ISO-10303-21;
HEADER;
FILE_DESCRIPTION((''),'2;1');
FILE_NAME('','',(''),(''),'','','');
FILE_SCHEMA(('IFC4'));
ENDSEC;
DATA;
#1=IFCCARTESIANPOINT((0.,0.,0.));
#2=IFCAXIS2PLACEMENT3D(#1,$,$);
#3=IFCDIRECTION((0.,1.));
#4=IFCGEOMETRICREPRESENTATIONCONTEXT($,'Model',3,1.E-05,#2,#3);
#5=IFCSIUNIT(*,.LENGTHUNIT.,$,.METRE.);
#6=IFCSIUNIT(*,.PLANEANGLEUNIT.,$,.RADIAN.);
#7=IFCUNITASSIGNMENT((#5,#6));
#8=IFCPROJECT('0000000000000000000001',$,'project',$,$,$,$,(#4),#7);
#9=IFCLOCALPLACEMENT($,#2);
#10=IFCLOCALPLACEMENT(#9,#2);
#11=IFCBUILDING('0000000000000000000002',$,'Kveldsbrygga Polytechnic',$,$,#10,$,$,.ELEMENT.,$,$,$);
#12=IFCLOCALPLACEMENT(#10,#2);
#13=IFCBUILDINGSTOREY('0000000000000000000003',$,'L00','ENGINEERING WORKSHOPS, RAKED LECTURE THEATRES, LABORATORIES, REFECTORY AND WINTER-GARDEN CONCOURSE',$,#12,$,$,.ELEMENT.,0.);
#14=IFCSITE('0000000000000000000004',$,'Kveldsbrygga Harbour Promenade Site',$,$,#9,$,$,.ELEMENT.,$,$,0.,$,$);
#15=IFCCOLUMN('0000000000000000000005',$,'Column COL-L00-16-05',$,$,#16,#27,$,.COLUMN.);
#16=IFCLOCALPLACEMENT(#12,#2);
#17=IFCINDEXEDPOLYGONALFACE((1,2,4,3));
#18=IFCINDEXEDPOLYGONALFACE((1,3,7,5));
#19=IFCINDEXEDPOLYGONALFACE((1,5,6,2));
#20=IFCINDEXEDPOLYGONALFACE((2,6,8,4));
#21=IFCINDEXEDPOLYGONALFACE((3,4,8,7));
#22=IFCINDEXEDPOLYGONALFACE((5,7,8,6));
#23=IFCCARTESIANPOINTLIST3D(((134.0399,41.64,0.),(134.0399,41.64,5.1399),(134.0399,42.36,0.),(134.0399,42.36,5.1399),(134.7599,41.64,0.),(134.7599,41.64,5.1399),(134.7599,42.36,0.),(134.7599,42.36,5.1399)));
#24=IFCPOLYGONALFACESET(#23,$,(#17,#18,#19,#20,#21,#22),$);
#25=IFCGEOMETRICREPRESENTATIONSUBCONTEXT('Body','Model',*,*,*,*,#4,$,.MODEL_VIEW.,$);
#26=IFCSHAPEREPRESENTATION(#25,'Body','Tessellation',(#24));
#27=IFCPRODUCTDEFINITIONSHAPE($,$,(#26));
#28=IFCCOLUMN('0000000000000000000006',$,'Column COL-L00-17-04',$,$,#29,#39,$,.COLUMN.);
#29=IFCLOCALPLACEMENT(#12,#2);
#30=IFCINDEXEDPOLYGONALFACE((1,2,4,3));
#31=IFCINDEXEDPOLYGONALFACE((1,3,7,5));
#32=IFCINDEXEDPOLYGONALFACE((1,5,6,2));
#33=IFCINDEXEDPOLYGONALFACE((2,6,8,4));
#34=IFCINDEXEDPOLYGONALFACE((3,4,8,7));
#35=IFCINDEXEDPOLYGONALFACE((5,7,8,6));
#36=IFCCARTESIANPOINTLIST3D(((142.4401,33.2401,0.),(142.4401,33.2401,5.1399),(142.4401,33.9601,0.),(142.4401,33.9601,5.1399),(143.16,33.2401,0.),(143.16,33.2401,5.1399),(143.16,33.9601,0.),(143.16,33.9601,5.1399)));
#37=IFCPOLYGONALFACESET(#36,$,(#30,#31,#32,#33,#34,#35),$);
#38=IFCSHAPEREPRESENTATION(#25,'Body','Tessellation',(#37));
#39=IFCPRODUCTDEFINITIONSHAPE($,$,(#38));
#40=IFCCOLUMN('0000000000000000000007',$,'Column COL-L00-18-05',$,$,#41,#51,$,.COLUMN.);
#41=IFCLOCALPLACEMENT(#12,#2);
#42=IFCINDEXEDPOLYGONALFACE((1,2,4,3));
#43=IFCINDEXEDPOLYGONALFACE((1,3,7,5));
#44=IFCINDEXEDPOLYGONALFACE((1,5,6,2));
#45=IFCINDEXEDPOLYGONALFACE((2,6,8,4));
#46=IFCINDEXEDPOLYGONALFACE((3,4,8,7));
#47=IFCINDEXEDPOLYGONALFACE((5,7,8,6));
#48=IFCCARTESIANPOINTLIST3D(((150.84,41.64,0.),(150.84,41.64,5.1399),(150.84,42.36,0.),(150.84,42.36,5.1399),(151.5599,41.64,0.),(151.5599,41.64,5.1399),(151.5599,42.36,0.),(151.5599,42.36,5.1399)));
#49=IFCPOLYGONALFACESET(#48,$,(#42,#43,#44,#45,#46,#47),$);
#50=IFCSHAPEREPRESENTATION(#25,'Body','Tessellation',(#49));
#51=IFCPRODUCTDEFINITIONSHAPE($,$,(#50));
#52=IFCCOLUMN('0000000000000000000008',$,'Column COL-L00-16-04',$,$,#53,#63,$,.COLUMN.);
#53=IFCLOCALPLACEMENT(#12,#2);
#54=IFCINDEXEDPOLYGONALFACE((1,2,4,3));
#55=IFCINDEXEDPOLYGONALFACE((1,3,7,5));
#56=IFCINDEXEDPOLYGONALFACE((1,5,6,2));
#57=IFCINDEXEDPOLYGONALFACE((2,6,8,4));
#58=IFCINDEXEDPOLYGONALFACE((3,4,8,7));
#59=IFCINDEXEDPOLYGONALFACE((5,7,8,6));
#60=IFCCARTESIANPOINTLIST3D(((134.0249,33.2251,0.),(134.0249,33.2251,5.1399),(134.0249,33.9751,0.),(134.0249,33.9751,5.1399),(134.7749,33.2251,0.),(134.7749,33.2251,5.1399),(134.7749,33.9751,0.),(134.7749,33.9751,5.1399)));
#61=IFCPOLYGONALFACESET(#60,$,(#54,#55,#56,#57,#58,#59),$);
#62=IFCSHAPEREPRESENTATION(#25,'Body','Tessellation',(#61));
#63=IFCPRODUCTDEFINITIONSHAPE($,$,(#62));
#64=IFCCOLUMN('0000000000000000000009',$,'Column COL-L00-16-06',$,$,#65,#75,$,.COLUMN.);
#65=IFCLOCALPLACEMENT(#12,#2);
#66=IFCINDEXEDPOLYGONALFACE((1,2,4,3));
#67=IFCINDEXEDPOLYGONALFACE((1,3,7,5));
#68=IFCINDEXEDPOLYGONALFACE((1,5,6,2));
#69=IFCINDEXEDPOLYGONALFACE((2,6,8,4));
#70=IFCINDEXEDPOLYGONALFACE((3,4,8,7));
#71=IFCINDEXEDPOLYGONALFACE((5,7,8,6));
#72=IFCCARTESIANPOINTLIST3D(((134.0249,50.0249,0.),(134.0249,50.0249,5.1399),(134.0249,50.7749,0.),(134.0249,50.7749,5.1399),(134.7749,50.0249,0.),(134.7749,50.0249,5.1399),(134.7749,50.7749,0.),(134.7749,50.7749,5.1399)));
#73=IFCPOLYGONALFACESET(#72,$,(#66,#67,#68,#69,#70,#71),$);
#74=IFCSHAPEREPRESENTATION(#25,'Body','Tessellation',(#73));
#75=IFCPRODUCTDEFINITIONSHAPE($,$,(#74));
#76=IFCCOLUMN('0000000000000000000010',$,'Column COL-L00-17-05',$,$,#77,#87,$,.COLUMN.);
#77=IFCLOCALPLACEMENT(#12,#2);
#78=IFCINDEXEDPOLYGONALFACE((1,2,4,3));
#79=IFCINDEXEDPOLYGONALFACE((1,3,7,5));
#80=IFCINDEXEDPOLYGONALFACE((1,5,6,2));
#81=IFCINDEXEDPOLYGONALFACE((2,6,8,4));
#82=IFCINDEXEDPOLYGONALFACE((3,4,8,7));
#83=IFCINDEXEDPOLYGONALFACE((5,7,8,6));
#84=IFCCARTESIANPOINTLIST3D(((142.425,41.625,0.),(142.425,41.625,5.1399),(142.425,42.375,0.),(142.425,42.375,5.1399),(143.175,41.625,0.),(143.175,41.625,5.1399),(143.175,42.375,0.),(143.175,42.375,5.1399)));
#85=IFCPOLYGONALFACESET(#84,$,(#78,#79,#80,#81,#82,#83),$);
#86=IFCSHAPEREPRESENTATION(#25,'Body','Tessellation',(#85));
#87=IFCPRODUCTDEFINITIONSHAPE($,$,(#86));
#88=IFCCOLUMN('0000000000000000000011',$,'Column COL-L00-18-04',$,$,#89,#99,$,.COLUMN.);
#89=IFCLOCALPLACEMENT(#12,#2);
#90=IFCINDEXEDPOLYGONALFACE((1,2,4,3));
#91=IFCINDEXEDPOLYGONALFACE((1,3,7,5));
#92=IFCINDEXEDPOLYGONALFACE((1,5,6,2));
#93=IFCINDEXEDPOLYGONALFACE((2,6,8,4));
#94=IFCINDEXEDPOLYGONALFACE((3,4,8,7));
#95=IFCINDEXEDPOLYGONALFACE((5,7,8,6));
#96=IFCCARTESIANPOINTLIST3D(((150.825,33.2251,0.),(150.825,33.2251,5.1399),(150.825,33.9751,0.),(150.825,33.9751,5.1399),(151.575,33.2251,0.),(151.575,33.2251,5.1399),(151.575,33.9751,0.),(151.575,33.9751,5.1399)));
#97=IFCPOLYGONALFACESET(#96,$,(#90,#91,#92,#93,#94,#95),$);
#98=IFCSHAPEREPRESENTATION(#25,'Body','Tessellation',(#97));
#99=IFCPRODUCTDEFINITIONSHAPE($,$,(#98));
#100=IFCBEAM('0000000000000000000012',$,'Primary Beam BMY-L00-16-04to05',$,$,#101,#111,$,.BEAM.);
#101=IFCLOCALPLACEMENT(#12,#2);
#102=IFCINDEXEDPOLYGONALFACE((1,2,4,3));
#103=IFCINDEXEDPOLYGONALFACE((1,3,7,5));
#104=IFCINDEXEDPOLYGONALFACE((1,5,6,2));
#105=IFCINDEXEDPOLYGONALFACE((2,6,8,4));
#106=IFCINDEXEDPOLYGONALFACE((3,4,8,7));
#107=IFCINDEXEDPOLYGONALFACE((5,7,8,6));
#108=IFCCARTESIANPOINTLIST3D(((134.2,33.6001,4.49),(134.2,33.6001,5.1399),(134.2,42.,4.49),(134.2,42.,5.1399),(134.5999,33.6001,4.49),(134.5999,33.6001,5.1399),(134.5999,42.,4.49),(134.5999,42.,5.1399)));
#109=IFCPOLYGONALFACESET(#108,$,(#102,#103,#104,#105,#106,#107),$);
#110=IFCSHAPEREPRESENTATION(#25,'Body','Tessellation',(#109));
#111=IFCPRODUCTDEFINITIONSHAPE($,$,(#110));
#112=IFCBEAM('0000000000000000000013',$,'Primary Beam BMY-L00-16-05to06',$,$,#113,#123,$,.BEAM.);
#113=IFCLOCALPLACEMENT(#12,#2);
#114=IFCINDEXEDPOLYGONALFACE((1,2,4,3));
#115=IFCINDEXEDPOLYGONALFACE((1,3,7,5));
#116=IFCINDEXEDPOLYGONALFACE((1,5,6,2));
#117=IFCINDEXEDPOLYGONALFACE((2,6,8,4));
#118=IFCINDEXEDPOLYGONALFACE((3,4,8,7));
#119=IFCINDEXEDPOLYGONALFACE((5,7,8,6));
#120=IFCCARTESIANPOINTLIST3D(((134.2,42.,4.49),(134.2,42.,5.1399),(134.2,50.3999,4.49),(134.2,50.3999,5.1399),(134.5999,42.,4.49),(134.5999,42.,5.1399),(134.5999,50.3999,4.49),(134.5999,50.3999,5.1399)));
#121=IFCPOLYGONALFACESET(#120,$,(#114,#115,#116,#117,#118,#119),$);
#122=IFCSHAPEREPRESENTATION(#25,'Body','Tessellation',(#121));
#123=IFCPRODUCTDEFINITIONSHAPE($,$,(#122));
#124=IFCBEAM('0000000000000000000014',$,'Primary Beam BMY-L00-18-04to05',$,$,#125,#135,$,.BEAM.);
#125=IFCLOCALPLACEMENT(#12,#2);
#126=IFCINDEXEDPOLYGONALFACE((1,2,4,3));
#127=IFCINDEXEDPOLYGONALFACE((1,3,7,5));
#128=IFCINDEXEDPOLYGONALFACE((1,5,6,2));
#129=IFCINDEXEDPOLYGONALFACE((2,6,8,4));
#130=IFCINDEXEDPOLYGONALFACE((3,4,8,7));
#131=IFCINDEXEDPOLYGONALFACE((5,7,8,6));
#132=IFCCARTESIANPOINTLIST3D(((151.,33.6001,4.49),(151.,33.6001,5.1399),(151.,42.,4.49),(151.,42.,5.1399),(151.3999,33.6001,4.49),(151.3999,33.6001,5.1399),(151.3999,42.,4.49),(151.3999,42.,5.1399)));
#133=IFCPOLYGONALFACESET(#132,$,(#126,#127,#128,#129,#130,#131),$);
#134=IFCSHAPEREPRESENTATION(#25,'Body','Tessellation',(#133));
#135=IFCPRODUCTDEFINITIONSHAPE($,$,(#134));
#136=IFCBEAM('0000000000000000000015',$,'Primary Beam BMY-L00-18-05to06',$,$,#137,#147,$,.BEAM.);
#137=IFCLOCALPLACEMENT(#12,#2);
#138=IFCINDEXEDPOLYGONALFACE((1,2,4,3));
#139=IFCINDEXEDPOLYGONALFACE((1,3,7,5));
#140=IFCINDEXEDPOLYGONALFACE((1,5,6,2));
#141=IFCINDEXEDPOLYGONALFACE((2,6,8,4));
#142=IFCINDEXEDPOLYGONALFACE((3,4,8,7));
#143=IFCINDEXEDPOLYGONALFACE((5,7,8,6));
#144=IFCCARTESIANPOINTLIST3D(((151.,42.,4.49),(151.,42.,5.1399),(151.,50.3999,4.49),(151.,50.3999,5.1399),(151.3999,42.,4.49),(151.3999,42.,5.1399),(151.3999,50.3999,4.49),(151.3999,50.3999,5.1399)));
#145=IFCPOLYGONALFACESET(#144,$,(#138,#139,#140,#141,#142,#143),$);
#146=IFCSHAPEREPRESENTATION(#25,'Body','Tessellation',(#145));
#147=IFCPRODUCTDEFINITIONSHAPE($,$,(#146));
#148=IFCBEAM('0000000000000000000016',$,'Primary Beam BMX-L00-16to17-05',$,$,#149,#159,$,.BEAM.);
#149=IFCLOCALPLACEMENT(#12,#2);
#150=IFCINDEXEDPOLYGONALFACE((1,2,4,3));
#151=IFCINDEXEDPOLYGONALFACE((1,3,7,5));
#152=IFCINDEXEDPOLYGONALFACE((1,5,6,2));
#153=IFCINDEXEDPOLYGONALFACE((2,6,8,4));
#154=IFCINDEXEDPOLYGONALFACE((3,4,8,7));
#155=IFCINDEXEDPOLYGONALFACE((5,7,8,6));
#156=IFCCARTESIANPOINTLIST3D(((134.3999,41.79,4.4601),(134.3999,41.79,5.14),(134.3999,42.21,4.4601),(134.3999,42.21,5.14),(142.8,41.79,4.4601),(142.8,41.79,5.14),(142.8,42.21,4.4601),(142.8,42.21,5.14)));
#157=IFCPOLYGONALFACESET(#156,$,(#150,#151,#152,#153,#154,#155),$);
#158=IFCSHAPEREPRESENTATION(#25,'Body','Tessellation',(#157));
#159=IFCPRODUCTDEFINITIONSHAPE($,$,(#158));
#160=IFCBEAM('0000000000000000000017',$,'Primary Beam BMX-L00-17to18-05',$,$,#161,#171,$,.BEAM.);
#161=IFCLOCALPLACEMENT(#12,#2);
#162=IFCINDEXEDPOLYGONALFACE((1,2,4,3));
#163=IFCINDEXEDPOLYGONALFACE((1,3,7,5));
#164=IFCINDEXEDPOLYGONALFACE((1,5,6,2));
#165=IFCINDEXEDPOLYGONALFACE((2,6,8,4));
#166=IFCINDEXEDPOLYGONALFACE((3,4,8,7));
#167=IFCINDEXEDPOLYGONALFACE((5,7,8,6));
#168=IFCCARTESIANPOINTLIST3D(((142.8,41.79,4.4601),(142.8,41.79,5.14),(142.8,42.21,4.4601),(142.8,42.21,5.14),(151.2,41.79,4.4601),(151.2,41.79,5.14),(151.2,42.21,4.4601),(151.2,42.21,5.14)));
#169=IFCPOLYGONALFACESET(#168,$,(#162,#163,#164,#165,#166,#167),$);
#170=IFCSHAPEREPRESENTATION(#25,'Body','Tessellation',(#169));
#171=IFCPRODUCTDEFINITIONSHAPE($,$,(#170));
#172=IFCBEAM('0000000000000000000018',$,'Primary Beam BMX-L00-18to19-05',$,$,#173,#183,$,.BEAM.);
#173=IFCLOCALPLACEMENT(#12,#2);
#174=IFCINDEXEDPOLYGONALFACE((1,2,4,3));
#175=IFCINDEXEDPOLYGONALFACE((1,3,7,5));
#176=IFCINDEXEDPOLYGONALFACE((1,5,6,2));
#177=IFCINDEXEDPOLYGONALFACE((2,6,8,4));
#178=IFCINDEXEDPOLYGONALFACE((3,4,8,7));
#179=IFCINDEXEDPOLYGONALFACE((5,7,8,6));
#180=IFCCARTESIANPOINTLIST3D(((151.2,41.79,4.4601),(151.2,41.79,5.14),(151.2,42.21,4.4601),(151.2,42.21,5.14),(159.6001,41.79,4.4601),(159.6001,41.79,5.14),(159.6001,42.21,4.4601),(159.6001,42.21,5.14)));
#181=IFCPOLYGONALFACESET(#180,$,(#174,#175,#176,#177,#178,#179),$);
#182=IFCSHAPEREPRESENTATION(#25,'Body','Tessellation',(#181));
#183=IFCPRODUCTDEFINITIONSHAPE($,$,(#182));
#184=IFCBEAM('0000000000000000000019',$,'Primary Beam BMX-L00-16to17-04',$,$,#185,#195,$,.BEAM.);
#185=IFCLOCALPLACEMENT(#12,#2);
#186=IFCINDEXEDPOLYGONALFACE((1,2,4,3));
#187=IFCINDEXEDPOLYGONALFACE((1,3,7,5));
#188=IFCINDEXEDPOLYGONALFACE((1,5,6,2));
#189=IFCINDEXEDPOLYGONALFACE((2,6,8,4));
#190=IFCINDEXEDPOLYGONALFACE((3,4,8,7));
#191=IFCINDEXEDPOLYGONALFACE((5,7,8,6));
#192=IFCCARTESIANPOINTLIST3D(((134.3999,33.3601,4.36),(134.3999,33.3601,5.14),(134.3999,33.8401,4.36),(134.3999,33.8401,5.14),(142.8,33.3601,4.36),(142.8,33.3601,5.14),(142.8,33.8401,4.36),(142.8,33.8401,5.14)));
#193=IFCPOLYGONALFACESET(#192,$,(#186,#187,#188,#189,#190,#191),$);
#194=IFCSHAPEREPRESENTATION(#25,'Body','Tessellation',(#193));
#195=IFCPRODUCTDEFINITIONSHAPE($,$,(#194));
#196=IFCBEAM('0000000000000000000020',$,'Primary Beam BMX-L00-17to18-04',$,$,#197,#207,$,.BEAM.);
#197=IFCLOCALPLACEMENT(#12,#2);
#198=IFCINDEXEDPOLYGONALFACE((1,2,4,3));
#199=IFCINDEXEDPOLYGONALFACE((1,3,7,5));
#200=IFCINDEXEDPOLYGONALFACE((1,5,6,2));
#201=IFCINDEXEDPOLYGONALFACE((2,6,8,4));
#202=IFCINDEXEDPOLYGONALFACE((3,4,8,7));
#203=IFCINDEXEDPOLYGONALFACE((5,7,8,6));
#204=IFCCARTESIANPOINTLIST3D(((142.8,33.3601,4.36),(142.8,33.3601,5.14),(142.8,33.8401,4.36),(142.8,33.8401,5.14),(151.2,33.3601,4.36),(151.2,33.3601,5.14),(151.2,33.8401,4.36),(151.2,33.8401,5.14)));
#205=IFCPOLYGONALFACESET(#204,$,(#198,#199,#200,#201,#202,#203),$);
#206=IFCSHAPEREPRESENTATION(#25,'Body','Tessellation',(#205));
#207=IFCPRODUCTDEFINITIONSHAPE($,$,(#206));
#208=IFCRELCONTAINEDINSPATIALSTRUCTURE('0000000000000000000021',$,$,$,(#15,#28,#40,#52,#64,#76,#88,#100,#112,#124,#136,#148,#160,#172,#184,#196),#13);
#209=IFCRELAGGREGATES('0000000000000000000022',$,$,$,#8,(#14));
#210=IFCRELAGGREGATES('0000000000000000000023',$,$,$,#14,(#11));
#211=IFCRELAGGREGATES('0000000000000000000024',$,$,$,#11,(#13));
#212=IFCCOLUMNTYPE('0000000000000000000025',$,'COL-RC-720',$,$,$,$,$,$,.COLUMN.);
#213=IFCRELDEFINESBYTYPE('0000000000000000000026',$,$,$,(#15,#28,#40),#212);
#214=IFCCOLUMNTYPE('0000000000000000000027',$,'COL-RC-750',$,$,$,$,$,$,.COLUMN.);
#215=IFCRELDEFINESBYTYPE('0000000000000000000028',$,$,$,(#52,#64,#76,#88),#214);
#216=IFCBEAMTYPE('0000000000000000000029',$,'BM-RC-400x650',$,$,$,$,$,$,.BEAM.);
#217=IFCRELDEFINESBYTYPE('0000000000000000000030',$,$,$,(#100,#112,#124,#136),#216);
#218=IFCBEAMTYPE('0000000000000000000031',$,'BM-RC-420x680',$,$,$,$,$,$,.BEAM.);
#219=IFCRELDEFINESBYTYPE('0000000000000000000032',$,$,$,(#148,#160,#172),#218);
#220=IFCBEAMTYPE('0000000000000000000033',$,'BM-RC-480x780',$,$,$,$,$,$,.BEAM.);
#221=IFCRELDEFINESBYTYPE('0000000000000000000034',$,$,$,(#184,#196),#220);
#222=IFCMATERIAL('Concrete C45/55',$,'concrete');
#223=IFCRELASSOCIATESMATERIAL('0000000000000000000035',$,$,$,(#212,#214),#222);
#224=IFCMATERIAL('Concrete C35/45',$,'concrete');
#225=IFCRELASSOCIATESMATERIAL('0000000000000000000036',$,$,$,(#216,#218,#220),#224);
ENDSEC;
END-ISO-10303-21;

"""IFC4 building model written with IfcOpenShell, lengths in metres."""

from ifc_helpers import new_model, si_unit, direction, frame, origin, origin_2d, place, context, subcontext, project, spatial, rectangle, extrude, material, material_profile, profile_set, type_object, element, save


model = new_model("IFC4")

# Units and contexts
model_context = context("Model", 3, precision=1e-05, world=origin(), true_north=direction((0.0, 1.0)))
body_context = subcontext(model_context, "Body", "Model", "MODEL_VIEW")
ifc_project = project(units=[si_unit("LENGTHUNIT", "METRE"), si_unit("PLANEANGLEUNIT", "RADIAN")], contexts=[model_context])

# Site, building, storey
site_placement = place(None, origin())
site = spatial("IfcSite", under=ifc_project, at=site_placement, Name="Kveldsbrygga Harbour Promenade Site", CompositionType="ELEMENT", RefElevation=0.0)
building_placement = place(site_placement, origin())
building = spatial("IfcBuilding", under=site, at=building_placement, Name="Kveldsbrygga Polytechnic", CompositionType="ELEMENT")
storey_placement = place(building_placement, origin())
storey = spatial("IfcBuildingStorey", under=building, at=storey_placement, Name="L00", Description="ENGINEERING WORKSHOPS, RAKED LECTURE THEATRES, LABORATORIES, REFECTORY AND WINTER-GARDEN CONCOURSE", CompositionType="ELEMENT", Elevation=0.0)

# Columns
ifc_material_1 = material(Name="Concrete C45/55", Category="concrete")
ifc_material_profile_1 = material_profile(ifc_material_1, rectangle(XDim=0.72, YDim=0.72, at=origin_2d()), Name="RC 720x720")
ifc_profile_set_1 = profile_set([ifc_material_profile_1], Name="Concrete C45/55")
column_type_1 = type_object("IfcColumnType", Name="COL-RC-720", PredefinedType="COLUMN", material=ifc_profile_set_1)
for number, where, z_axis, x_axis, name in (
    (1, (134.3999, 42.0, 0.0), (0.0, 0.0, 1.0), (1.0, 0.0, 0.0), "Column COL-L00-16-05"),
    (2, (142.8, 33.6001, 0.0), (0.0, 0.0, 1.0), (1.0, 0.0, 0.0), "Column COL-L00-17-04"),
    (3, (151.2, 42.0, 0.0), (0.0, 0.0, 1.0), (1.0, 0.0, 0.0), "Column COL-L00-18-05"),
):
    element("IfcColumn", number, at=place(storey_placement, frame(where, z_axis=z_axis, x_axis=x_axis)), inside=storey, type_object=column_type_1, Name=name, PredefinedType="COLUMN", context=body_context, shape_type="SweptSolid", body=[
        extrude(rectangle(XDim=0.72, YDim=0.72, at=origin_2d()), origin(), (0.0, 0.0, 1.0), 5.1399),
    ])
ifc_material_profile_2 = material_profile(ifc_material_1, rectangle(XDim=0.75, YDim=0.75, at=origin_2d()), Name="RC 750x750")
ifc_profile_set_2 = profile_set([ifc_material_profile_2], Name="Concrete C45/55")
column_type_2 = type_object("IfcColumnType", Name="COL-RC-750", PredefinedType="COLUMN", material=ifc_profile_set_2)
for number, where, z_axis, x_axis, name in (
    (4, (134.3999, 33.6001, 0.0), (0.0, 0.0, 1.0), (1.0, 0.0, 0.0), "Column COL-L00-16-04"),
    (5, (134.3999, 50.3999, 0.0), (0.0, 0.0, 1.0), (1.0, 0.0, 0.0), "Column COL-L00-16-06"),
    (6, (142.8, 42.0, 0.0), (0.0, 0.0, 1.0), (1.0, 0.0, 0.0), "Column COL-L00-17-05"),
    (7, (151.2, 33.6001, 0.0), (0.0, 0.0, 1.0), (1.0, 0.0, 0.0), "Column COL-L00-18-04"),
):
    element("IfcColumn", number, at=place(storey_placement, frame(where, z_axis=z_axis, x_axis=x_axis)), inside=storey, type_object=column_type_2, Name=name, PredefinedType="COLUMN", context=body_context, shape_type="SweptSolid", body=[
        extrude(rectangle(XDim=0.75, YDim=0.75, at=origin_2d()), origin(), (0.0, 0.0, 1.0), 5.1399),
    ])

# Beams
ifc_material_2 = material(Name="Concrete C35/45", Category="concrete")
ifc_material_profile_3 = material_profile(ifc_material_2, rectangle(XDim=0.3999, YDim=0.6499, at=origin_2d()), Name="RC 400x650")
ifc_profile_set_3 = profile_set([ifc_material_profile_3], Name="Concrete C35/45")
beam_type_1 = type_object("IfcBeamType", Name="BM-RC-400x650", PredefinedType="BEAM", material=ifc_profile_set_3)
for number, where, z_axis, x_axis, name in (
    (8, (134.3999, 33.6001, 4.8149), (0.0, 1.0, 0.0), (-1.0, 0.0, 0.0), "Primary Beam BMY-L00-16-04to05"),
    (9, (134.3999, 42.0, 4.8149), (0.0, 1.0, 0.0), (-1.0, 0.0, 0.0), "Primary Beam BMY-L00-16-05to06"),
    (10, (151.2, 33.6001, 4.8149), (0.0, 1.0, 0.0), (-1.0, 0.0, 0.0), "Primary Beam BMY-L00-18-04to05"),
    (11, (151.2, 42.0, 4.8149), (0.0, 1.0, 0.0), (-1.0, 0.0, 0.0), "Primary Beam BMY-L00-18-05to06"),
):
    element("IfcBeam", number, at=place(storey_placement, frame(where, z_axis=z_axis, x_axis=x_axis)), inside=storey, type_object=beam_type_1, Name=name, PredefinedType="BEAM", context=body_context, shape_type="SweptSolid", body=[
        extrude(rectangle(XDim=0.3999, YDim=0.6499, at=origin_2d()), origin(), (0.0, 0.0, 1.0), 8.3999),
    ])
ifc_material_profile_4 = material_profile(ifc_material_2, rectangle(XDim=0.4199, YDim=0.6799, at=origin_2d()), Name="RC 420x680")
ifc_profile_set_4 = profile_set([ifc_material_profile_4], Name="Concrete C35/45")
beam_type_2 = type_object("IfcBeamType", Name="BM-RC-420x680", PredefinedType="BEAM", material=ifc_profile_set_4)
beam_1_placement = place(storey_placement, frame((134.3999, 42.0, 4.8), z_axis=(1.0, 0.0, 0.0), x_axis=(0.0, 1.0, 0.0)))
element("IfcBeam", 12, at=beam_1_placement, inside=storey, type_object=beam_type_2, Name="Primary Beam BMX-L00-16to17-05", PredefinedType="BEAM", context=body_context, shape_type="SweptSolid", body=[
    extrude(rectangle(XDim=0.4199, YDim=0.6799, at=origin_2d()), origin(), (0.0, 0.0, 1.0), 8.4001),
])
beam_2_placement = place(storey_placement, frame((142.8, 42.0, 4.8), z_axis=(1.0, 0.0, 0.0), x_axis=(0.0, 1.0, 0.0)))
element("IfcBeam", 13, at=beam_2_placement, inside=storey, type_object=beam_type_2, Name="Primary Beam BMX-L00-17to18-05", PredefinedType="BEAM", context=body_context, shape_type="SweptSolid", body=[
    extrude(rectangle(XDim=0.4199, YDim=0.6799, at=origin_2d()), origin(), (0.0, 0.0, 1.0), 8.3999),
])
beam_3_placement = place(storey_placement, frame((151.2, 42.0, 4.8), z_axis=(1.0, 0.0, 0.0), x_axis=(0.0, 1.0, 0.0)))
element("IfcBeam", 14, at=beam_3_placement, inside=storey, type_object=beam_type_2, Name="Primary Beam BMX-L00-18to19-05", PredefinedType="BEAM", context=body_context, shape_type="SweptSolid", body=[
    extrude(rectangle(XDim=0.4199, YDim=0.6799, at=origin_2d()), origin(), (0.0, 0.0, 1.0), 8.4001),
])
ifc_material_profile_5 = material_profile(ifc_material_2, rectangle(XDim=0.48, YDim=0.78, at=origin_2d()), Name="RC 480x780")
ifc_profile_set_5 = profile_set([ifc_material_profile_5], Name="Concrete C35/45")
beam_type_3 = type_object("IfcBeamType", Name="BM-RC-480x780", PredefinedType="BEAM", material=ifc_profile_set_5)
beam_4_placement = place(storey_placement, frame((134.3999, 33.6001, 4.75), z_axis=(1.0, 0.0, 0.0), x_axis=(0.0, 1.0, 0.0)))
element("IfcBeam", 15, at=beam_4_placement, inside=storey, type_object=beam_type_3, Name="Primary Beam BMX-L00-16to17-04", PredefinedType="BEAM", context=body_context, shape_type="SweptSolid", body=[
    extrude(rectangle(XDim=0.48, YDim=0.78, at=origin_2d()), origin(), (0.0, 0.0, 1.0), 8.4001),
])
beam_5_placement = place(storey_placement, frame((142.8, 33.6001, 4.75), z_axis=(1.0, 0.0, 0.0), x_axis=(0.0, 1.0, 0.0)))
element("IfcBeam", 16, at=beam_5_placement, inside=storey, type_object=beam_type_3, Name="Primary Beam BMX-L00-17to18-04", PredefinedType="BEAM", context=body_context, shape_type="SweptSolid", body=[
    extrude(rectangle(XDim=0.48, YDim=0.78, at=origin_2d()), origin(), (0.0, 0.0, 1.0), 8.3999),
])

save(model, "model.ifc")
